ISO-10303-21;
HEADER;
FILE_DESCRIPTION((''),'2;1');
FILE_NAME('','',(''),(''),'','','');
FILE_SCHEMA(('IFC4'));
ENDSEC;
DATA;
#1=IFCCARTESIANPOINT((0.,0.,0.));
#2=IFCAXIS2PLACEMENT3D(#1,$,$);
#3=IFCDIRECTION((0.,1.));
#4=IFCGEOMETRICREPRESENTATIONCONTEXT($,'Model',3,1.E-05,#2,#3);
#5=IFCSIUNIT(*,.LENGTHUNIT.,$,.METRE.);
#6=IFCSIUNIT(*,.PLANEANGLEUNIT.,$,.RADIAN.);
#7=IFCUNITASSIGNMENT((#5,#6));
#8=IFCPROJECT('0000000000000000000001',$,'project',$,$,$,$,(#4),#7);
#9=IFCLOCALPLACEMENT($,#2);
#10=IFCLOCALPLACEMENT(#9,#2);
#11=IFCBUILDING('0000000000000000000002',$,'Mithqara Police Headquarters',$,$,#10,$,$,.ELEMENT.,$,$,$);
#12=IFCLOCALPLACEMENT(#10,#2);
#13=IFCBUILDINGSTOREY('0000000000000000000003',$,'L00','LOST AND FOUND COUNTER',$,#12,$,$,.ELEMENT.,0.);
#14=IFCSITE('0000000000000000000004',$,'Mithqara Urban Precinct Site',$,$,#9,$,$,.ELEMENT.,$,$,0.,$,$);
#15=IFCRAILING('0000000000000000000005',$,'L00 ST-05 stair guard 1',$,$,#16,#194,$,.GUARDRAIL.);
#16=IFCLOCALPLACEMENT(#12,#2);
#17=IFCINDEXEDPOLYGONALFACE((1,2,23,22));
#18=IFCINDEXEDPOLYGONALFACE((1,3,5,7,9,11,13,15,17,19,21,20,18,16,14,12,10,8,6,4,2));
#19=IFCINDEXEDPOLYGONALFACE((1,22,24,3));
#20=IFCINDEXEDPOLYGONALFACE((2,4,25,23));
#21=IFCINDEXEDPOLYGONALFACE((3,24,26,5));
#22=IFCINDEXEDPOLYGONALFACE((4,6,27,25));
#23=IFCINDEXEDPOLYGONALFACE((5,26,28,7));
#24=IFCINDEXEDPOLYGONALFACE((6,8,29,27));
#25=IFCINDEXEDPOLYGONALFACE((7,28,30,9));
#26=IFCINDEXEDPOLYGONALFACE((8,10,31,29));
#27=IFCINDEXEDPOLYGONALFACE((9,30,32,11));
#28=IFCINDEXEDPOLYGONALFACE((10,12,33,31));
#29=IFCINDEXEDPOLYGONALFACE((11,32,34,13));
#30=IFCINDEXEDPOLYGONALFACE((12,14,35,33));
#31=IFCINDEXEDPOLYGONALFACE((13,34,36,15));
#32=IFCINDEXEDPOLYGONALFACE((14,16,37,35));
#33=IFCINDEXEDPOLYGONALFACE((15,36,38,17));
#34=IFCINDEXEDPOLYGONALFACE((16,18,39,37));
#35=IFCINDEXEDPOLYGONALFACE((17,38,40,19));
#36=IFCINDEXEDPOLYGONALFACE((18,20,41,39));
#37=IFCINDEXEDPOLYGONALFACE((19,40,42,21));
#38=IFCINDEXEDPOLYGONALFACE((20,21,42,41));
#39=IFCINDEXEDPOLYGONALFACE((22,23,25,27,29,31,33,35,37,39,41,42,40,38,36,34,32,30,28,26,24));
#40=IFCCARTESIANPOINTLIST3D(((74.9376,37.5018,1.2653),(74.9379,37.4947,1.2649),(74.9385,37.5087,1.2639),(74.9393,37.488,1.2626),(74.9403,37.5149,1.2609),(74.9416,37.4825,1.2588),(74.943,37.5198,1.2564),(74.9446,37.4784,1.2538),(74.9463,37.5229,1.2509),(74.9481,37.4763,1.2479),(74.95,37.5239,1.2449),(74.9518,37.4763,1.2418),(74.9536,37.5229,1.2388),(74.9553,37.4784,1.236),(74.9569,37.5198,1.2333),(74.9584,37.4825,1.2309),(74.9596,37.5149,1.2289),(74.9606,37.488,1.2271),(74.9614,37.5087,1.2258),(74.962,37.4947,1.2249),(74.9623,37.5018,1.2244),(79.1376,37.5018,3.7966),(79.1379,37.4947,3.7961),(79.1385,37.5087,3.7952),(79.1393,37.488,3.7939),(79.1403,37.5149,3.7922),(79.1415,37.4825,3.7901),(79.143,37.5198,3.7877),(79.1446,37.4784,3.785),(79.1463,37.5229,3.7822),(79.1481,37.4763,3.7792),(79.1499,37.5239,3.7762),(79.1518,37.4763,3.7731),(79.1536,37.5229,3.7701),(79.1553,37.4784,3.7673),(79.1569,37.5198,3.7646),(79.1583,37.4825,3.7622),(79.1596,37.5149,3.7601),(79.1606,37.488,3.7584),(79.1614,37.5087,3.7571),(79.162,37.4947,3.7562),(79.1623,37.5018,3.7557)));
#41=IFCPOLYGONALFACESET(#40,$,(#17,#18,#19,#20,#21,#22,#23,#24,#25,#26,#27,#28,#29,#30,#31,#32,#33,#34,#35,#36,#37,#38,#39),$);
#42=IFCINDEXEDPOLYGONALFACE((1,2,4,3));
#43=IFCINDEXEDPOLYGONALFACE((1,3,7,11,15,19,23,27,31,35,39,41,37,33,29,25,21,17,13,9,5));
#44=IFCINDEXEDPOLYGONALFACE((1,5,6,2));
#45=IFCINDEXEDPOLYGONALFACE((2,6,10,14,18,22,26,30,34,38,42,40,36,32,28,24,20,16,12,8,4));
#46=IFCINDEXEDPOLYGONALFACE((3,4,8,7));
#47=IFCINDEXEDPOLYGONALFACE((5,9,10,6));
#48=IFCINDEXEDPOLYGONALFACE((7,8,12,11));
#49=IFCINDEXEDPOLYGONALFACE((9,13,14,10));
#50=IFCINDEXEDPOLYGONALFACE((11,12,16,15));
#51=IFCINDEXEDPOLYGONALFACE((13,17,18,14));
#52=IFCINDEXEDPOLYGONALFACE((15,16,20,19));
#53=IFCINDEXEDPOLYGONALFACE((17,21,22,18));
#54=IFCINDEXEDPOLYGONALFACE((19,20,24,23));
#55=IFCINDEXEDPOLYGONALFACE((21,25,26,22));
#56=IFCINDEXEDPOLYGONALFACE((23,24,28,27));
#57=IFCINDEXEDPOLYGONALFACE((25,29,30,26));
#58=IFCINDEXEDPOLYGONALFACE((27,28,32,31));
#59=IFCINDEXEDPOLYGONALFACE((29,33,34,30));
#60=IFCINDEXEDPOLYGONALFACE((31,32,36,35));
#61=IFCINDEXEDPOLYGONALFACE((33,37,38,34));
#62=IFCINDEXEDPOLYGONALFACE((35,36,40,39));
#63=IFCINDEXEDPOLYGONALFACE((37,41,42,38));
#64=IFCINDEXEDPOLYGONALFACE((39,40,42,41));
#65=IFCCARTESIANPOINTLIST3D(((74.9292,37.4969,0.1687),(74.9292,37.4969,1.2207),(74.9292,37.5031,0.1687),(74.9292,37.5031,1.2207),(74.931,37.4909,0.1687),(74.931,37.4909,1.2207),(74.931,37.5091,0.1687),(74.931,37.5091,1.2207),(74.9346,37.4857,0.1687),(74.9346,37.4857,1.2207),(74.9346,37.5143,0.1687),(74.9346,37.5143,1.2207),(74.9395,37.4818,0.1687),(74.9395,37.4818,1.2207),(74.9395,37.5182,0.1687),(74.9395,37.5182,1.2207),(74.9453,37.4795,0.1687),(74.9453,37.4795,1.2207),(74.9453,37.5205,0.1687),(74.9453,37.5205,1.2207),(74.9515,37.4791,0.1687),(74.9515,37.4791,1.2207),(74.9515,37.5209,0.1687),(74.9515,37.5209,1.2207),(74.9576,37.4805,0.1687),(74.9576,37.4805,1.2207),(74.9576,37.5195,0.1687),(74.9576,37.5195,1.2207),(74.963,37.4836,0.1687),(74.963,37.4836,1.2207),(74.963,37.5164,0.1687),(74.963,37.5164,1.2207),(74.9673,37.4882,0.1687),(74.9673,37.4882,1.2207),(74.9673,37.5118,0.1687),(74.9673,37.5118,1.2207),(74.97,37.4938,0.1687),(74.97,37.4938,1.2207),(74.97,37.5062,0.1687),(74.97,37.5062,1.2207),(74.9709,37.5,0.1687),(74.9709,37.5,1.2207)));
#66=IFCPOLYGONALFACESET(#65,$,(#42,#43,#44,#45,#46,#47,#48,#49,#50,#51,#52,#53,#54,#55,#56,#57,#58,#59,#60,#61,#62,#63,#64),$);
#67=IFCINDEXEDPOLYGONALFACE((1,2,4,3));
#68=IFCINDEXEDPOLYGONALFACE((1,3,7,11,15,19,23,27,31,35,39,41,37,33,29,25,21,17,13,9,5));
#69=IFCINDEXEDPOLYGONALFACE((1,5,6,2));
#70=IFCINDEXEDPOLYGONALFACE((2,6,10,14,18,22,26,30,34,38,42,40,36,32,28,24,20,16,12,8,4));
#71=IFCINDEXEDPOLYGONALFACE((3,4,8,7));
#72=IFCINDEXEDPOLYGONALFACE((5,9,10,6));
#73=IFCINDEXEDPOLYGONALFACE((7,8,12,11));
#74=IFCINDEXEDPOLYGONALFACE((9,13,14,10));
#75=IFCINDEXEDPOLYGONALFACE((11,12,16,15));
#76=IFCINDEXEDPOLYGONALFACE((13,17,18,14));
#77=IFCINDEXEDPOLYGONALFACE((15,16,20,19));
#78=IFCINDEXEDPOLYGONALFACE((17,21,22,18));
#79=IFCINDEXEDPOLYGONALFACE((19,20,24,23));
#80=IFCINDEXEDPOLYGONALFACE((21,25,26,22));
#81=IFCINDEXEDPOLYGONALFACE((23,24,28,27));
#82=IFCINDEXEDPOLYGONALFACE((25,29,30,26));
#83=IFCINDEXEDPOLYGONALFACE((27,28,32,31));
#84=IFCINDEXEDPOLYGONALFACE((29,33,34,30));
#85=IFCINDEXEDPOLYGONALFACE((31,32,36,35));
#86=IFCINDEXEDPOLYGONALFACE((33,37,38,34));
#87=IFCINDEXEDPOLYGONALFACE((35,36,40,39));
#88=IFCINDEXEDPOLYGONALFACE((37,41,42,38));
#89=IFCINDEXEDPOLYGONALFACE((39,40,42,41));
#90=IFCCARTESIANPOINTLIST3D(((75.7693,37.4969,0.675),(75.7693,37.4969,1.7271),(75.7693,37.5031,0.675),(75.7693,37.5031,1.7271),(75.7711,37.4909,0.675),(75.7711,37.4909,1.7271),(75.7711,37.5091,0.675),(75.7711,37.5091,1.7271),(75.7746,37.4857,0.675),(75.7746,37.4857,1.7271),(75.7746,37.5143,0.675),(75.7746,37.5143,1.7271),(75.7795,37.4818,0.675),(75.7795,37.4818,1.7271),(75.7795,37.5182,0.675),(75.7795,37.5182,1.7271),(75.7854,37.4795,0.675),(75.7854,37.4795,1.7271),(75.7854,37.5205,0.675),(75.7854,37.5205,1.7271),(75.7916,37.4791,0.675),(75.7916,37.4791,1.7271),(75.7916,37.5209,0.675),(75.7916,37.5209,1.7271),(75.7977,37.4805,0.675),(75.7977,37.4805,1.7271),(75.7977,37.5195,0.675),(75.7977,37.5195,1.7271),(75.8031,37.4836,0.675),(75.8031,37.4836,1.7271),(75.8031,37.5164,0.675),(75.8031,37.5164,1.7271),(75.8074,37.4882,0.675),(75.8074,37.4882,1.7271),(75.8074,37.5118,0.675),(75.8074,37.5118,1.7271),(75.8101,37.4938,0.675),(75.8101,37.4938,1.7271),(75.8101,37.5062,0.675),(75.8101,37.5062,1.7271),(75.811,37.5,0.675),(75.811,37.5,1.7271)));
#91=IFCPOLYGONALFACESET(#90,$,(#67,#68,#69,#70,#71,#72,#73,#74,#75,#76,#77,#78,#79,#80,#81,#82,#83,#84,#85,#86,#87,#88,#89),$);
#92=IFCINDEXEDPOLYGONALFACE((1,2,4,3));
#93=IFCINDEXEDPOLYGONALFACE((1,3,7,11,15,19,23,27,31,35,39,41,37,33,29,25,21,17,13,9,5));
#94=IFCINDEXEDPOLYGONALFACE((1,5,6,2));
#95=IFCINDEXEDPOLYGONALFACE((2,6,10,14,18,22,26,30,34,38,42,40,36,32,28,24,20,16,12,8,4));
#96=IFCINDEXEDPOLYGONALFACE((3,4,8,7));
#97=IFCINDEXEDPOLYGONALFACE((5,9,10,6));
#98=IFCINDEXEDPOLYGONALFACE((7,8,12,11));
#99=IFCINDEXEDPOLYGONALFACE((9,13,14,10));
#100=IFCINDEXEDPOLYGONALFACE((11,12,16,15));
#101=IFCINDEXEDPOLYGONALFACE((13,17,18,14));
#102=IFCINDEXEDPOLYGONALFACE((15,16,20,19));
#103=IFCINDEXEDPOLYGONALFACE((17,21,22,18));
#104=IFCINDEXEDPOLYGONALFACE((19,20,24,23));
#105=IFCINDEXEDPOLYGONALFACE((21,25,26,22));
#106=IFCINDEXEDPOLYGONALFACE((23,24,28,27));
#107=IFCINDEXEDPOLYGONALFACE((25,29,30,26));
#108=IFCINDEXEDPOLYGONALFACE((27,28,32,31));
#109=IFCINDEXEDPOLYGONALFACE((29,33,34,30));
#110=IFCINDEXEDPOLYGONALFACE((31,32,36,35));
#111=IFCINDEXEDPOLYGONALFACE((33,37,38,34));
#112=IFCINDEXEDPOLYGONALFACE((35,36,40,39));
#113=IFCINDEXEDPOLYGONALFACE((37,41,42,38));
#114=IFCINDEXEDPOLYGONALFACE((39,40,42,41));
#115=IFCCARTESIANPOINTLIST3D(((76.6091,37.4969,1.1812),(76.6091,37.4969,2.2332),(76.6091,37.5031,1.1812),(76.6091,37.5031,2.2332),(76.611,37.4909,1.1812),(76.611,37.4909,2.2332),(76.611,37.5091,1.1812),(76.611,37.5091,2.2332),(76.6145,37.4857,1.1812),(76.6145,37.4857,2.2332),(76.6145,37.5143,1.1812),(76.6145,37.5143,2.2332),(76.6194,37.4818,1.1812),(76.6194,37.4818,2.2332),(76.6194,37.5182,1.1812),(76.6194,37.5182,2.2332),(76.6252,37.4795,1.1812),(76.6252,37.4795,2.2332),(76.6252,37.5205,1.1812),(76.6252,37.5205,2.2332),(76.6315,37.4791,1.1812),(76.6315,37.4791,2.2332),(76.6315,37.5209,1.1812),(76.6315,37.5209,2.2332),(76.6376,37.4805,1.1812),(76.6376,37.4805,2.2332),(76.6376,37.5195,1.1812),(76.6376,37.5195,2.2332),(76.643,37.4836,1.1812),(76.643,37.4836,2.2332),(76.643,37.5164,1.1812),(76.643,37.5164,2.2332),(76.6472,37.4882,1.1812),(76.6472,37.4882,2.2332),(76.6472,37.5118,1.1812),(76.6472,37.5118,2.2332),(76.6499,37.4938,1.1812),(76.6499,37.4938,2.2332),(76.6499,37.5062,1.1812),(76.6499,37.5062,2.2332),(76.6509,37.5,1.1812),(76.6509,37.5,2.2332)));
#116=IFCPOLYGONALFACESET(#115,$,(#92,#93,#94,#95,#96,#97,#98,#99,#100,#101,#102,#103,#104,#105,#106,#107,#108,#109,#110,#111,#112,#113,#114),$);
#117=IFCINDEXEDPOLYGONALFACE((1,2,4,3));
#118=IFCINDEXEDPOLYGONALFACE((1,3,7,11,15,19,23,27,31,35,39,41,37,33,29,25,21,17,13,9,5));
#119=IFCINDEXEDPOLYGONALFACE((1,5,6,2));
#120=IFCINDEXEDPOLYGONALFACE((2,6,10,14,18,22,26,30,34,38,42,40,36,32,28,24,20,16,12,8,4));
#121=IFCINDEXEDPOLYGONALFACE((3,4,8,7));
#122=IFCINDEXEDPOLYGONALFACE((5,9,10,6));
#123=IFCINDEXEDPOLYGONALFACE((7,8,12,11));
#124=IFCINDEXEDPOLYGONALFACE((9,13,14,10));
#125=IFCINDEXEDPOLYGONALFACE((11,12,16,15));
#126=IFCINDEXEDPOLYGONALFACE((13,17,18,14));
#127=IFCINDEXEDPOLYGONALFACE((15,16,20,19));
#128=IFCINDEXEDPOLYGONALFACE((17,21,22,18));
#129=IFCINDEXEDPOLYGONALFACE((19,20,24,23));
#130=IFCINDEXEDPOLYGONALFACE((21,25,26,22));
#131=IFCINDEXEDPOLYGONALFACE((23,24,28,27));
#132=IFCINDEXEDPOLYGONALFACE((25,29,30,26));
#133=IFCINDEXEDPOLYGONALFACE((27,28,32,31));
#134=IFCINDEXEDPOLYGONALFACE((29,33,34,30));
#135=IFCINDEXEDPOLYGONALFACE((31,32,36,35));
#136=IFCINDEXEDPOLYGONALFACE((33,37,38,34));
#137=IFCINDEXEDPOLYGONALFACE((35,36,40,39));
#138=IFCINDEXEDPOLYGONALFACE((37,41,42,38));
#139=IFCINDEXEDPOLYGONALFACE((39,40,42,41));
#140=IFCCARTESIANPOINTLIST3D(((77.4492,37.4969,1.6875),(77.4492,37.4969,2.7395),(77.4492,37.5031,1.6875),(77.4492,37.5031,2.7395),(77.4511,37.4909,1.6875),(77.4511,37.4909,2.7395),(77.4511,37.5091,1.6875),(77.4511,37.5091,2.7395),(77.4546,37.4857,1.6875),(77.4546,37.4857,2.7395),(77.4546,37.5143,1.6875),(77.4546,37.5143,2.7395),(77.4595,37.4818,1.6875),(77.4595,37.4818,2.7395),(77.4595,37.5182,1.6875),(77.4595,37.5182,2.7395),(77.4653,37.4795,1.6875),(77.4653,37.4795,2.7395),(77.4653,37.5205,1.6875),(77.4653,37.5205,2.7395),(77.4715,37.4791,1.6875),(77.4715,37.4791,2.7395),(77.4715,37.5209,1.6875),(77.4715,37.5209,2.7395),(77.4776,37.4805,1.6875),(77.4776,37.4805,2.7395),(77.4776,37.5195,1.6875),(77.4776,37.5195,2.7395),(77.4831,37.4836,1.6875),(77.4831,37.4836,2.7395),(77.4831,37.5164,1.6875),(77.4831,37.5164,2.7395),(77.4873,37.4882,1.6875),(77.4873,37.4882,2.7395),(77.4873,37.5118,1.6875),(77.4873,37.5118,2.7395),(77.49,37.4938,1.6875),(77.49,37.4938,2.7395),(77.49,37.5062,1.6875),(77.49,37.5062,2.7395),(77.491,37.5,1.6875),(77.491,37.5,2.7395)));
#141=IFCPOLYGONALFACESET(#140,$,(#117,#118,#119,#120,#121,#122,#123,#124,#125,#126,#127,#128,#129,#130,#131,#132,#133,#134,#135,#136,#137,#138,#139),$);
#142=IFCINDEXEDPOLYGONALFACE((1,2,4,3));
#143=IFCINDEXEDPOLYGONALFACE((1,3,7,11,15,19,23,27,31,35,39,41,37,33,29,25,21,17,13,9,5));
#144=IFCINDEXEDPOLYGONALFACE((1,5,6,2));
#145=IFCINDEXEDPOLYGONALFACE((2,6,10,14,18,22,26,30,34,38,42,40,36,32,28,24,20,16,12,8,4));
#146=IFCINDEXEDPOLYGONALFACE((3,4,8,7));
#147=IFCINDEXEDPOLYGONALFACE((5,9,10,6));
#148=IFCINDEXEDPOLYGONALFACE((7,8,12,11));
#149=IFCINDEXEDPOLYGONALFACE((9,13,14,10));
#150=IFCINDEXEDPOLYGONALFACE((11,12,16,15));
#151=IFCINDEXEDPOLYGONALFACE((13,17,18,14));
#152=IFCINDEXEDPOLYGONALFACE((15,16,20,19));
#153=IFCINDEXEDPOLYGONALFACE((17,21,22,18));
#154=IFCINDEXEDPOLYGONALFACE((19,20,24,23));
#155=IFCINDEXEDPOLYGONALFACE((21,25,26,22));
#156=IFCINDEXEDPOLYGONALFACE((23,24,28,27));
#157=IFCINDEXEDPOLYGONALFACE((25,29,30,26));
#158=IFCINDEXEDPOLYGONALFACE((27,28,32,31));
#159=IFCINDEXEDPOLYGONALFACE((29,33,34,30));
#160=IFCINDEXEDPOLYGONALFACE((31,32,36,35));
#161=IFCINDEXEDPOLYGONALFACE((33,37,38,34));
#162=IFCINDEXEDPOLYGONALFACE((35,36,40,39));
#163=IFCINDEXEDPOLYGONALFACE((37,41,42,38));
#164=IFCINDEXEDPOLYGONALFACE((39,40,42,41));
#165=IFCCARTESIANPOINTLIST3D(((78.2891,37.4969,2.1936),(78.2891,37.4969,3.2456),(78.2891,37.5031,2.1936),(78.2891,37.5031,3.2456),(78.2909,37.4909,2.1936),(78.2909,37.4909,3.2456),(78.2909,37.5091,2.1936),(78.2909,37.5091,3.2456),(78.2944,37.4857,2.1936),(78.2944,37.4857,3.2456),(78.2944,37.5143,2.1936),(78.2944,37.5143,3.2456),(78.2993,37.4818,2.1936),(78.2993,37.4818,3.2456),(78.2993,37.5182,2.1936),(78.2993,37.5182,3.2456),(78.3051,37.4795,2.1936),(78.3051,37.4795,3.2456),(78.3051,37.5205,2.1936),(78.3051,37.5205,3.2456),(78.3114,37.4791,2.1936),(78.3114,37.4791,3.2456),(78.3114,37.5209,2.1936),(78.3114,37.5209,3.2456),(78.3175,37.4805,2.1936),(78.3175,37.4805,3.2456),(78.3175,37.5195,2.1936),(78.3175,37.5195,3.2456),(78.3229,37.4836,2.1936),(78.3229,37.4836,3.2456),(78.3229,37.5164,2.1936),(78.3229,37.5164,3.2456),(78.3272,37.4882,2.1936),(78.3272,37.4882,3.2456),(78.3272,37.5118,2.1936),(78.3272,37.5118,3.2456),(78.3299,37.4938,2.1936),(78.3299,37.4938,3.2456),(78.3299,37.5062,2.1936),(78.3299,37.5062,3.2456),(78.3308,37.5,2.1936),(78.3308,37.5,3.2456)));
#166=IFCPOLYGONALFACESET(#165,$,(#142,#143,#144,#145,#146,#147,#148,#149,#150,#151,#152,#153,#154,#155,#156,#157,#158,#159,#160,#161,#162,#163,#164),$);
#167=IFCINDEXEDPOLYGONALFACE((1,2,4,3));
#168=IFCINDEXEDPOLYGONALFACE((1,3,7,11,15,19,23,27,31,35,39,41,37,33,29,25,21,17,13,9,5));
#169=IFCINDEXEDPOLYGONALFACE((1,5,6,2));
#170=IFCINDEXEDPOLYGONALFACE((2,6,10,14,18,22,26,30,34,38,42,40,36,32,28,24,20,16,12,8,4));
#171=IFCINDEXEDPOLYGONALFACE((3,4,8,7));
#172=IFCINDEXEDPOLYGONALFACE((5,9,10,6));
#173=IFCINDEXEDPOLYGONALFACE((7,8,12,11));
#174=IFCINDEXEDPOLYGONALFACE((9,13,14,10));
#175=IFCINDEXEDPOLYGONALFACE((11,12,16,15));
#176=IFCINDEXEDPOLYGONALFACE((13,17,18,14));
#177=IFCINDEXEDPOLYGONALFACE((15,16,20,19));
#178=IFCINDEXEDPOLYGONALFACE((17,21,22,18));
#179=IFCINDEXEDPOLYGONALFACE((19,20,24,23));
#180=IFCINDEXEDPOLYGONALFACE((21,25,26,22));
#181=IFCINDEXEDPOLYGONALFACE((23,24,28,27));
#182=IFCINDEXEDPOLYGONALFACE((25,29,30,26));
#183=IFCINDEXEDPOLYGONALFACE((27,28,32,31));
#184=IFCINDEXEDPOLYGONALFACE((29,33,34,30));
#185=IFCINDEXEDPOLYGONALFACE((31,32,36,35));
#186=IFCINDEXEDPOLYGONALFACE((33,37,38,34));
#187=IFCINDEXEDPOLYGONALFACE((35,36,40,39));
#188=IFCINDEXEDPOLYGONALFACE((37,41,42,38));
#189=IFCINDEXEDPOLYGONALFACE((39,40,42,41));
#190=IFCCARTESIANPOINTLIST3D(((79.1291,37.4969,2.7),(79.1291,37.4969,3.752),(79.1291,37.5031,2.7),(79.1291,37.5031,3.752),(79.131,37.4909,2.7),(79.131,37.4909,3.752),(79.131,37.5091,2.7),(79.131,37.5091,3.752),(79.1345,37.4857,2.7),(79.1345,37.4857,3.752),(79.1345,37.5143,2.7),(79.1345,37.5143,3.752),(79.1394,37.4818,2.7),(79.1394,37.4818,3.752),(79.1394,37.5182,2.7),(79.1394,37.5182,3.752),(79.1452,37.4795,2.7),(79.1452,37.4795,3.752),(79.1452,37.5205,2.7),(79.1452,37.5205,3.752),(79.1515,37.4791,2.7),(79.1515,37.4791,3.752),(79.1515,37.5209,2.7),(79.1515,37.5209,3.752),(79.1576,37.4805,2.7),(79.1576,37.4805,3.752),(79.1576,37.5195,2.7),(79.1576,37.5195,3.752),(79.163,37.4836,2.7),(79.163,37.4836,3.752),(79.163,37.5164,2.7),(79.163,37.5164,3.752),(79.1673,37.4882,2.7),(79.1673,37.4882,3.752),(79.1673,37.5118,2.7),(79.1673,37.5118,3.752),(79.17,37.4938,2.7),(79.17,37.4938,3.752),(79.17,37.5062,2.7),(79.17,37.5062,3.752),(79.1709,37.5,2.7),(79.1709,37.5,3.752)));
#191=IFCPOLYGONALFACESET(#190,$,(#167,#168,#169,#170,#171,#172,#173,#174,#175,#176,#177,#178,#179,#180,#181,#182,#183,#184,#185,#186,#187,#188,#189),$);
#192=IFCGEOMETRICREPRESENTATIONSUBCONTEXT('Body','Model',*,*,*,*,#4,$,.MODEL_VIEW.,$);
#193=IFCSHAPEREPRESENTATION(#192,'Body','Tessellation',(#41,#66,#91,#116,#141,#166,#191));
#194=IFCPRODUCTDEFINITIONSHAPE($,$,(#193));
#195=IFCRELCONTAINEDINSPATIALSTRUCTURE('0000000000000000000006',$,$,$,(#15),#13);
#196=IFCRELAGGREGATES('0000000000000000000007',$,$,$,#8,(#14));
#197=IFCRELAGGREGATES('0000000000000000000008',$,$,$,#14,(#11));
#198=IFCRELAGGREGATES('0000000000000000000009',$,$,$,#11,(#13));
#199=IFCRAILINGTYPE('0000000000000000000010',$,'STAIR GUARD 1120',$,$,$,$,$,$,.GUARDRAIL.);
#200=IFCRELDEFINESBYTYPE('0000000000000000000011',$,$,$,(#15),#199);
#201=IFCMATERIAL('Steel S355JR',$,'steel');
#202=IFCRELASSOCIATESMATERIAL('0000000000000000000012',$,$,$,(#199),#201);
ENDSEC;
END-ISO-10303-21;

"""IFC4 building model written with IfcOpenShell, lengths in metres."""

from ifc_helpers import new_model, si_unit, direction, frame, origin, origin_2d, place, context, subcontext, project, spatial, circle, extrude, material, type_object, element, save


model = new_model("IFC4")

# Units and contexts
model_context = context("Model", 3, precision=1e-05, world=origin(), true_north=direction((0.0, 1.0)))
body_context = subcontext(model_context, "Body", "Model", "MODEL_VIEW")
ifc_project = project(units=[si_unit("LENGTHUNIT", "METRE"), si_unit("PLANEANGLEUNIT", "RADIAN")], contexts=[model_context])

# Site, building, storey
site_placement = place(None, origin())
site = spatial("IfcSite", under=ifc_project, at=site_placement, Name="Mithqara Urban Precinct Site", CompositionType="ELEMENT", RefElevation=0.0)
building_placement = place(site_placement, origin())
building = spatial("IfcBuilding", under=site, at=building_placement, Name="Mithqara Police Headquarters", CompositionType="ELEMENT")
storey_placement = place(building_placement, origin())
storey = spatial("IfcBuildingStorey", under=building, at=storey_placement, Name="L00", Description="LOST AND FOUND COUNTER", CompositionType="ELEMENT", Elevation=0.0)

# Shared definitions
ifc_material_1 = material(Name="Steel S355JR", Category="steel")

# Railing
railing_type_1 = type_object("IfcRailingType", Name="STAIR GUARD 1120", PredefinedType="GUARDRAIL", material=ifc_material_1)
railing_1_placement = place(storey_placement, frame((74.95, 37.5, 0.1687)))
element("IfcRailing", 1, at=railing_1_placement, inside=storey, type_object=railing_type_1, Name="L00 ST-05 stair guard 1", PredefinedType="GUARDRAIL", context=body_context, shape_type="SweptSolid", body=[
    extrude(circle(Radius=0.0239, at=origin_2d()), frame((0.0, 0.0, 1.0762), z_axis=(0.856476, 0.0, 0.516186), x_axis=(0.0, 1.0, 0.0)), (0.0, 0.0, 1.0), 4.9038),
    extrude(circle(Radius=0.021, at=origin_2d()), origin(), (0.0, 0.0, 1.0), 1.052),
    extrude(circle(Radius=0.021, at=origin_2d()), frame((0.8401, 0.0, 0.5063)), (0.0, 0.0, 1.0), 1.052),
    extrude(circle(Radius=0.021, at=origin_2d()), frame((1.6799, 0.0, 1.0125)), (0.0, 0.0, 1.0), 1.052),
    extrude(circle(Radius=0.021, at=origin_2d()), frame((2.52, 0.0, 1.5188)), (0.0, 0.0, 1.0), 1.052),
    extrude(circle(Radius=0.021, at=origin_2d()), frame((3.3599, 0.0, 2.0249)), (0.0, 0.0, 1.0), 1.052),
    extrude(circle(Radius=0.021, at=origin_2d()), frame((4.2, 0.0, 2.5312)), (0.0, 0.0, 1.0), 1.052),
])

save(model, "model.ifc")
